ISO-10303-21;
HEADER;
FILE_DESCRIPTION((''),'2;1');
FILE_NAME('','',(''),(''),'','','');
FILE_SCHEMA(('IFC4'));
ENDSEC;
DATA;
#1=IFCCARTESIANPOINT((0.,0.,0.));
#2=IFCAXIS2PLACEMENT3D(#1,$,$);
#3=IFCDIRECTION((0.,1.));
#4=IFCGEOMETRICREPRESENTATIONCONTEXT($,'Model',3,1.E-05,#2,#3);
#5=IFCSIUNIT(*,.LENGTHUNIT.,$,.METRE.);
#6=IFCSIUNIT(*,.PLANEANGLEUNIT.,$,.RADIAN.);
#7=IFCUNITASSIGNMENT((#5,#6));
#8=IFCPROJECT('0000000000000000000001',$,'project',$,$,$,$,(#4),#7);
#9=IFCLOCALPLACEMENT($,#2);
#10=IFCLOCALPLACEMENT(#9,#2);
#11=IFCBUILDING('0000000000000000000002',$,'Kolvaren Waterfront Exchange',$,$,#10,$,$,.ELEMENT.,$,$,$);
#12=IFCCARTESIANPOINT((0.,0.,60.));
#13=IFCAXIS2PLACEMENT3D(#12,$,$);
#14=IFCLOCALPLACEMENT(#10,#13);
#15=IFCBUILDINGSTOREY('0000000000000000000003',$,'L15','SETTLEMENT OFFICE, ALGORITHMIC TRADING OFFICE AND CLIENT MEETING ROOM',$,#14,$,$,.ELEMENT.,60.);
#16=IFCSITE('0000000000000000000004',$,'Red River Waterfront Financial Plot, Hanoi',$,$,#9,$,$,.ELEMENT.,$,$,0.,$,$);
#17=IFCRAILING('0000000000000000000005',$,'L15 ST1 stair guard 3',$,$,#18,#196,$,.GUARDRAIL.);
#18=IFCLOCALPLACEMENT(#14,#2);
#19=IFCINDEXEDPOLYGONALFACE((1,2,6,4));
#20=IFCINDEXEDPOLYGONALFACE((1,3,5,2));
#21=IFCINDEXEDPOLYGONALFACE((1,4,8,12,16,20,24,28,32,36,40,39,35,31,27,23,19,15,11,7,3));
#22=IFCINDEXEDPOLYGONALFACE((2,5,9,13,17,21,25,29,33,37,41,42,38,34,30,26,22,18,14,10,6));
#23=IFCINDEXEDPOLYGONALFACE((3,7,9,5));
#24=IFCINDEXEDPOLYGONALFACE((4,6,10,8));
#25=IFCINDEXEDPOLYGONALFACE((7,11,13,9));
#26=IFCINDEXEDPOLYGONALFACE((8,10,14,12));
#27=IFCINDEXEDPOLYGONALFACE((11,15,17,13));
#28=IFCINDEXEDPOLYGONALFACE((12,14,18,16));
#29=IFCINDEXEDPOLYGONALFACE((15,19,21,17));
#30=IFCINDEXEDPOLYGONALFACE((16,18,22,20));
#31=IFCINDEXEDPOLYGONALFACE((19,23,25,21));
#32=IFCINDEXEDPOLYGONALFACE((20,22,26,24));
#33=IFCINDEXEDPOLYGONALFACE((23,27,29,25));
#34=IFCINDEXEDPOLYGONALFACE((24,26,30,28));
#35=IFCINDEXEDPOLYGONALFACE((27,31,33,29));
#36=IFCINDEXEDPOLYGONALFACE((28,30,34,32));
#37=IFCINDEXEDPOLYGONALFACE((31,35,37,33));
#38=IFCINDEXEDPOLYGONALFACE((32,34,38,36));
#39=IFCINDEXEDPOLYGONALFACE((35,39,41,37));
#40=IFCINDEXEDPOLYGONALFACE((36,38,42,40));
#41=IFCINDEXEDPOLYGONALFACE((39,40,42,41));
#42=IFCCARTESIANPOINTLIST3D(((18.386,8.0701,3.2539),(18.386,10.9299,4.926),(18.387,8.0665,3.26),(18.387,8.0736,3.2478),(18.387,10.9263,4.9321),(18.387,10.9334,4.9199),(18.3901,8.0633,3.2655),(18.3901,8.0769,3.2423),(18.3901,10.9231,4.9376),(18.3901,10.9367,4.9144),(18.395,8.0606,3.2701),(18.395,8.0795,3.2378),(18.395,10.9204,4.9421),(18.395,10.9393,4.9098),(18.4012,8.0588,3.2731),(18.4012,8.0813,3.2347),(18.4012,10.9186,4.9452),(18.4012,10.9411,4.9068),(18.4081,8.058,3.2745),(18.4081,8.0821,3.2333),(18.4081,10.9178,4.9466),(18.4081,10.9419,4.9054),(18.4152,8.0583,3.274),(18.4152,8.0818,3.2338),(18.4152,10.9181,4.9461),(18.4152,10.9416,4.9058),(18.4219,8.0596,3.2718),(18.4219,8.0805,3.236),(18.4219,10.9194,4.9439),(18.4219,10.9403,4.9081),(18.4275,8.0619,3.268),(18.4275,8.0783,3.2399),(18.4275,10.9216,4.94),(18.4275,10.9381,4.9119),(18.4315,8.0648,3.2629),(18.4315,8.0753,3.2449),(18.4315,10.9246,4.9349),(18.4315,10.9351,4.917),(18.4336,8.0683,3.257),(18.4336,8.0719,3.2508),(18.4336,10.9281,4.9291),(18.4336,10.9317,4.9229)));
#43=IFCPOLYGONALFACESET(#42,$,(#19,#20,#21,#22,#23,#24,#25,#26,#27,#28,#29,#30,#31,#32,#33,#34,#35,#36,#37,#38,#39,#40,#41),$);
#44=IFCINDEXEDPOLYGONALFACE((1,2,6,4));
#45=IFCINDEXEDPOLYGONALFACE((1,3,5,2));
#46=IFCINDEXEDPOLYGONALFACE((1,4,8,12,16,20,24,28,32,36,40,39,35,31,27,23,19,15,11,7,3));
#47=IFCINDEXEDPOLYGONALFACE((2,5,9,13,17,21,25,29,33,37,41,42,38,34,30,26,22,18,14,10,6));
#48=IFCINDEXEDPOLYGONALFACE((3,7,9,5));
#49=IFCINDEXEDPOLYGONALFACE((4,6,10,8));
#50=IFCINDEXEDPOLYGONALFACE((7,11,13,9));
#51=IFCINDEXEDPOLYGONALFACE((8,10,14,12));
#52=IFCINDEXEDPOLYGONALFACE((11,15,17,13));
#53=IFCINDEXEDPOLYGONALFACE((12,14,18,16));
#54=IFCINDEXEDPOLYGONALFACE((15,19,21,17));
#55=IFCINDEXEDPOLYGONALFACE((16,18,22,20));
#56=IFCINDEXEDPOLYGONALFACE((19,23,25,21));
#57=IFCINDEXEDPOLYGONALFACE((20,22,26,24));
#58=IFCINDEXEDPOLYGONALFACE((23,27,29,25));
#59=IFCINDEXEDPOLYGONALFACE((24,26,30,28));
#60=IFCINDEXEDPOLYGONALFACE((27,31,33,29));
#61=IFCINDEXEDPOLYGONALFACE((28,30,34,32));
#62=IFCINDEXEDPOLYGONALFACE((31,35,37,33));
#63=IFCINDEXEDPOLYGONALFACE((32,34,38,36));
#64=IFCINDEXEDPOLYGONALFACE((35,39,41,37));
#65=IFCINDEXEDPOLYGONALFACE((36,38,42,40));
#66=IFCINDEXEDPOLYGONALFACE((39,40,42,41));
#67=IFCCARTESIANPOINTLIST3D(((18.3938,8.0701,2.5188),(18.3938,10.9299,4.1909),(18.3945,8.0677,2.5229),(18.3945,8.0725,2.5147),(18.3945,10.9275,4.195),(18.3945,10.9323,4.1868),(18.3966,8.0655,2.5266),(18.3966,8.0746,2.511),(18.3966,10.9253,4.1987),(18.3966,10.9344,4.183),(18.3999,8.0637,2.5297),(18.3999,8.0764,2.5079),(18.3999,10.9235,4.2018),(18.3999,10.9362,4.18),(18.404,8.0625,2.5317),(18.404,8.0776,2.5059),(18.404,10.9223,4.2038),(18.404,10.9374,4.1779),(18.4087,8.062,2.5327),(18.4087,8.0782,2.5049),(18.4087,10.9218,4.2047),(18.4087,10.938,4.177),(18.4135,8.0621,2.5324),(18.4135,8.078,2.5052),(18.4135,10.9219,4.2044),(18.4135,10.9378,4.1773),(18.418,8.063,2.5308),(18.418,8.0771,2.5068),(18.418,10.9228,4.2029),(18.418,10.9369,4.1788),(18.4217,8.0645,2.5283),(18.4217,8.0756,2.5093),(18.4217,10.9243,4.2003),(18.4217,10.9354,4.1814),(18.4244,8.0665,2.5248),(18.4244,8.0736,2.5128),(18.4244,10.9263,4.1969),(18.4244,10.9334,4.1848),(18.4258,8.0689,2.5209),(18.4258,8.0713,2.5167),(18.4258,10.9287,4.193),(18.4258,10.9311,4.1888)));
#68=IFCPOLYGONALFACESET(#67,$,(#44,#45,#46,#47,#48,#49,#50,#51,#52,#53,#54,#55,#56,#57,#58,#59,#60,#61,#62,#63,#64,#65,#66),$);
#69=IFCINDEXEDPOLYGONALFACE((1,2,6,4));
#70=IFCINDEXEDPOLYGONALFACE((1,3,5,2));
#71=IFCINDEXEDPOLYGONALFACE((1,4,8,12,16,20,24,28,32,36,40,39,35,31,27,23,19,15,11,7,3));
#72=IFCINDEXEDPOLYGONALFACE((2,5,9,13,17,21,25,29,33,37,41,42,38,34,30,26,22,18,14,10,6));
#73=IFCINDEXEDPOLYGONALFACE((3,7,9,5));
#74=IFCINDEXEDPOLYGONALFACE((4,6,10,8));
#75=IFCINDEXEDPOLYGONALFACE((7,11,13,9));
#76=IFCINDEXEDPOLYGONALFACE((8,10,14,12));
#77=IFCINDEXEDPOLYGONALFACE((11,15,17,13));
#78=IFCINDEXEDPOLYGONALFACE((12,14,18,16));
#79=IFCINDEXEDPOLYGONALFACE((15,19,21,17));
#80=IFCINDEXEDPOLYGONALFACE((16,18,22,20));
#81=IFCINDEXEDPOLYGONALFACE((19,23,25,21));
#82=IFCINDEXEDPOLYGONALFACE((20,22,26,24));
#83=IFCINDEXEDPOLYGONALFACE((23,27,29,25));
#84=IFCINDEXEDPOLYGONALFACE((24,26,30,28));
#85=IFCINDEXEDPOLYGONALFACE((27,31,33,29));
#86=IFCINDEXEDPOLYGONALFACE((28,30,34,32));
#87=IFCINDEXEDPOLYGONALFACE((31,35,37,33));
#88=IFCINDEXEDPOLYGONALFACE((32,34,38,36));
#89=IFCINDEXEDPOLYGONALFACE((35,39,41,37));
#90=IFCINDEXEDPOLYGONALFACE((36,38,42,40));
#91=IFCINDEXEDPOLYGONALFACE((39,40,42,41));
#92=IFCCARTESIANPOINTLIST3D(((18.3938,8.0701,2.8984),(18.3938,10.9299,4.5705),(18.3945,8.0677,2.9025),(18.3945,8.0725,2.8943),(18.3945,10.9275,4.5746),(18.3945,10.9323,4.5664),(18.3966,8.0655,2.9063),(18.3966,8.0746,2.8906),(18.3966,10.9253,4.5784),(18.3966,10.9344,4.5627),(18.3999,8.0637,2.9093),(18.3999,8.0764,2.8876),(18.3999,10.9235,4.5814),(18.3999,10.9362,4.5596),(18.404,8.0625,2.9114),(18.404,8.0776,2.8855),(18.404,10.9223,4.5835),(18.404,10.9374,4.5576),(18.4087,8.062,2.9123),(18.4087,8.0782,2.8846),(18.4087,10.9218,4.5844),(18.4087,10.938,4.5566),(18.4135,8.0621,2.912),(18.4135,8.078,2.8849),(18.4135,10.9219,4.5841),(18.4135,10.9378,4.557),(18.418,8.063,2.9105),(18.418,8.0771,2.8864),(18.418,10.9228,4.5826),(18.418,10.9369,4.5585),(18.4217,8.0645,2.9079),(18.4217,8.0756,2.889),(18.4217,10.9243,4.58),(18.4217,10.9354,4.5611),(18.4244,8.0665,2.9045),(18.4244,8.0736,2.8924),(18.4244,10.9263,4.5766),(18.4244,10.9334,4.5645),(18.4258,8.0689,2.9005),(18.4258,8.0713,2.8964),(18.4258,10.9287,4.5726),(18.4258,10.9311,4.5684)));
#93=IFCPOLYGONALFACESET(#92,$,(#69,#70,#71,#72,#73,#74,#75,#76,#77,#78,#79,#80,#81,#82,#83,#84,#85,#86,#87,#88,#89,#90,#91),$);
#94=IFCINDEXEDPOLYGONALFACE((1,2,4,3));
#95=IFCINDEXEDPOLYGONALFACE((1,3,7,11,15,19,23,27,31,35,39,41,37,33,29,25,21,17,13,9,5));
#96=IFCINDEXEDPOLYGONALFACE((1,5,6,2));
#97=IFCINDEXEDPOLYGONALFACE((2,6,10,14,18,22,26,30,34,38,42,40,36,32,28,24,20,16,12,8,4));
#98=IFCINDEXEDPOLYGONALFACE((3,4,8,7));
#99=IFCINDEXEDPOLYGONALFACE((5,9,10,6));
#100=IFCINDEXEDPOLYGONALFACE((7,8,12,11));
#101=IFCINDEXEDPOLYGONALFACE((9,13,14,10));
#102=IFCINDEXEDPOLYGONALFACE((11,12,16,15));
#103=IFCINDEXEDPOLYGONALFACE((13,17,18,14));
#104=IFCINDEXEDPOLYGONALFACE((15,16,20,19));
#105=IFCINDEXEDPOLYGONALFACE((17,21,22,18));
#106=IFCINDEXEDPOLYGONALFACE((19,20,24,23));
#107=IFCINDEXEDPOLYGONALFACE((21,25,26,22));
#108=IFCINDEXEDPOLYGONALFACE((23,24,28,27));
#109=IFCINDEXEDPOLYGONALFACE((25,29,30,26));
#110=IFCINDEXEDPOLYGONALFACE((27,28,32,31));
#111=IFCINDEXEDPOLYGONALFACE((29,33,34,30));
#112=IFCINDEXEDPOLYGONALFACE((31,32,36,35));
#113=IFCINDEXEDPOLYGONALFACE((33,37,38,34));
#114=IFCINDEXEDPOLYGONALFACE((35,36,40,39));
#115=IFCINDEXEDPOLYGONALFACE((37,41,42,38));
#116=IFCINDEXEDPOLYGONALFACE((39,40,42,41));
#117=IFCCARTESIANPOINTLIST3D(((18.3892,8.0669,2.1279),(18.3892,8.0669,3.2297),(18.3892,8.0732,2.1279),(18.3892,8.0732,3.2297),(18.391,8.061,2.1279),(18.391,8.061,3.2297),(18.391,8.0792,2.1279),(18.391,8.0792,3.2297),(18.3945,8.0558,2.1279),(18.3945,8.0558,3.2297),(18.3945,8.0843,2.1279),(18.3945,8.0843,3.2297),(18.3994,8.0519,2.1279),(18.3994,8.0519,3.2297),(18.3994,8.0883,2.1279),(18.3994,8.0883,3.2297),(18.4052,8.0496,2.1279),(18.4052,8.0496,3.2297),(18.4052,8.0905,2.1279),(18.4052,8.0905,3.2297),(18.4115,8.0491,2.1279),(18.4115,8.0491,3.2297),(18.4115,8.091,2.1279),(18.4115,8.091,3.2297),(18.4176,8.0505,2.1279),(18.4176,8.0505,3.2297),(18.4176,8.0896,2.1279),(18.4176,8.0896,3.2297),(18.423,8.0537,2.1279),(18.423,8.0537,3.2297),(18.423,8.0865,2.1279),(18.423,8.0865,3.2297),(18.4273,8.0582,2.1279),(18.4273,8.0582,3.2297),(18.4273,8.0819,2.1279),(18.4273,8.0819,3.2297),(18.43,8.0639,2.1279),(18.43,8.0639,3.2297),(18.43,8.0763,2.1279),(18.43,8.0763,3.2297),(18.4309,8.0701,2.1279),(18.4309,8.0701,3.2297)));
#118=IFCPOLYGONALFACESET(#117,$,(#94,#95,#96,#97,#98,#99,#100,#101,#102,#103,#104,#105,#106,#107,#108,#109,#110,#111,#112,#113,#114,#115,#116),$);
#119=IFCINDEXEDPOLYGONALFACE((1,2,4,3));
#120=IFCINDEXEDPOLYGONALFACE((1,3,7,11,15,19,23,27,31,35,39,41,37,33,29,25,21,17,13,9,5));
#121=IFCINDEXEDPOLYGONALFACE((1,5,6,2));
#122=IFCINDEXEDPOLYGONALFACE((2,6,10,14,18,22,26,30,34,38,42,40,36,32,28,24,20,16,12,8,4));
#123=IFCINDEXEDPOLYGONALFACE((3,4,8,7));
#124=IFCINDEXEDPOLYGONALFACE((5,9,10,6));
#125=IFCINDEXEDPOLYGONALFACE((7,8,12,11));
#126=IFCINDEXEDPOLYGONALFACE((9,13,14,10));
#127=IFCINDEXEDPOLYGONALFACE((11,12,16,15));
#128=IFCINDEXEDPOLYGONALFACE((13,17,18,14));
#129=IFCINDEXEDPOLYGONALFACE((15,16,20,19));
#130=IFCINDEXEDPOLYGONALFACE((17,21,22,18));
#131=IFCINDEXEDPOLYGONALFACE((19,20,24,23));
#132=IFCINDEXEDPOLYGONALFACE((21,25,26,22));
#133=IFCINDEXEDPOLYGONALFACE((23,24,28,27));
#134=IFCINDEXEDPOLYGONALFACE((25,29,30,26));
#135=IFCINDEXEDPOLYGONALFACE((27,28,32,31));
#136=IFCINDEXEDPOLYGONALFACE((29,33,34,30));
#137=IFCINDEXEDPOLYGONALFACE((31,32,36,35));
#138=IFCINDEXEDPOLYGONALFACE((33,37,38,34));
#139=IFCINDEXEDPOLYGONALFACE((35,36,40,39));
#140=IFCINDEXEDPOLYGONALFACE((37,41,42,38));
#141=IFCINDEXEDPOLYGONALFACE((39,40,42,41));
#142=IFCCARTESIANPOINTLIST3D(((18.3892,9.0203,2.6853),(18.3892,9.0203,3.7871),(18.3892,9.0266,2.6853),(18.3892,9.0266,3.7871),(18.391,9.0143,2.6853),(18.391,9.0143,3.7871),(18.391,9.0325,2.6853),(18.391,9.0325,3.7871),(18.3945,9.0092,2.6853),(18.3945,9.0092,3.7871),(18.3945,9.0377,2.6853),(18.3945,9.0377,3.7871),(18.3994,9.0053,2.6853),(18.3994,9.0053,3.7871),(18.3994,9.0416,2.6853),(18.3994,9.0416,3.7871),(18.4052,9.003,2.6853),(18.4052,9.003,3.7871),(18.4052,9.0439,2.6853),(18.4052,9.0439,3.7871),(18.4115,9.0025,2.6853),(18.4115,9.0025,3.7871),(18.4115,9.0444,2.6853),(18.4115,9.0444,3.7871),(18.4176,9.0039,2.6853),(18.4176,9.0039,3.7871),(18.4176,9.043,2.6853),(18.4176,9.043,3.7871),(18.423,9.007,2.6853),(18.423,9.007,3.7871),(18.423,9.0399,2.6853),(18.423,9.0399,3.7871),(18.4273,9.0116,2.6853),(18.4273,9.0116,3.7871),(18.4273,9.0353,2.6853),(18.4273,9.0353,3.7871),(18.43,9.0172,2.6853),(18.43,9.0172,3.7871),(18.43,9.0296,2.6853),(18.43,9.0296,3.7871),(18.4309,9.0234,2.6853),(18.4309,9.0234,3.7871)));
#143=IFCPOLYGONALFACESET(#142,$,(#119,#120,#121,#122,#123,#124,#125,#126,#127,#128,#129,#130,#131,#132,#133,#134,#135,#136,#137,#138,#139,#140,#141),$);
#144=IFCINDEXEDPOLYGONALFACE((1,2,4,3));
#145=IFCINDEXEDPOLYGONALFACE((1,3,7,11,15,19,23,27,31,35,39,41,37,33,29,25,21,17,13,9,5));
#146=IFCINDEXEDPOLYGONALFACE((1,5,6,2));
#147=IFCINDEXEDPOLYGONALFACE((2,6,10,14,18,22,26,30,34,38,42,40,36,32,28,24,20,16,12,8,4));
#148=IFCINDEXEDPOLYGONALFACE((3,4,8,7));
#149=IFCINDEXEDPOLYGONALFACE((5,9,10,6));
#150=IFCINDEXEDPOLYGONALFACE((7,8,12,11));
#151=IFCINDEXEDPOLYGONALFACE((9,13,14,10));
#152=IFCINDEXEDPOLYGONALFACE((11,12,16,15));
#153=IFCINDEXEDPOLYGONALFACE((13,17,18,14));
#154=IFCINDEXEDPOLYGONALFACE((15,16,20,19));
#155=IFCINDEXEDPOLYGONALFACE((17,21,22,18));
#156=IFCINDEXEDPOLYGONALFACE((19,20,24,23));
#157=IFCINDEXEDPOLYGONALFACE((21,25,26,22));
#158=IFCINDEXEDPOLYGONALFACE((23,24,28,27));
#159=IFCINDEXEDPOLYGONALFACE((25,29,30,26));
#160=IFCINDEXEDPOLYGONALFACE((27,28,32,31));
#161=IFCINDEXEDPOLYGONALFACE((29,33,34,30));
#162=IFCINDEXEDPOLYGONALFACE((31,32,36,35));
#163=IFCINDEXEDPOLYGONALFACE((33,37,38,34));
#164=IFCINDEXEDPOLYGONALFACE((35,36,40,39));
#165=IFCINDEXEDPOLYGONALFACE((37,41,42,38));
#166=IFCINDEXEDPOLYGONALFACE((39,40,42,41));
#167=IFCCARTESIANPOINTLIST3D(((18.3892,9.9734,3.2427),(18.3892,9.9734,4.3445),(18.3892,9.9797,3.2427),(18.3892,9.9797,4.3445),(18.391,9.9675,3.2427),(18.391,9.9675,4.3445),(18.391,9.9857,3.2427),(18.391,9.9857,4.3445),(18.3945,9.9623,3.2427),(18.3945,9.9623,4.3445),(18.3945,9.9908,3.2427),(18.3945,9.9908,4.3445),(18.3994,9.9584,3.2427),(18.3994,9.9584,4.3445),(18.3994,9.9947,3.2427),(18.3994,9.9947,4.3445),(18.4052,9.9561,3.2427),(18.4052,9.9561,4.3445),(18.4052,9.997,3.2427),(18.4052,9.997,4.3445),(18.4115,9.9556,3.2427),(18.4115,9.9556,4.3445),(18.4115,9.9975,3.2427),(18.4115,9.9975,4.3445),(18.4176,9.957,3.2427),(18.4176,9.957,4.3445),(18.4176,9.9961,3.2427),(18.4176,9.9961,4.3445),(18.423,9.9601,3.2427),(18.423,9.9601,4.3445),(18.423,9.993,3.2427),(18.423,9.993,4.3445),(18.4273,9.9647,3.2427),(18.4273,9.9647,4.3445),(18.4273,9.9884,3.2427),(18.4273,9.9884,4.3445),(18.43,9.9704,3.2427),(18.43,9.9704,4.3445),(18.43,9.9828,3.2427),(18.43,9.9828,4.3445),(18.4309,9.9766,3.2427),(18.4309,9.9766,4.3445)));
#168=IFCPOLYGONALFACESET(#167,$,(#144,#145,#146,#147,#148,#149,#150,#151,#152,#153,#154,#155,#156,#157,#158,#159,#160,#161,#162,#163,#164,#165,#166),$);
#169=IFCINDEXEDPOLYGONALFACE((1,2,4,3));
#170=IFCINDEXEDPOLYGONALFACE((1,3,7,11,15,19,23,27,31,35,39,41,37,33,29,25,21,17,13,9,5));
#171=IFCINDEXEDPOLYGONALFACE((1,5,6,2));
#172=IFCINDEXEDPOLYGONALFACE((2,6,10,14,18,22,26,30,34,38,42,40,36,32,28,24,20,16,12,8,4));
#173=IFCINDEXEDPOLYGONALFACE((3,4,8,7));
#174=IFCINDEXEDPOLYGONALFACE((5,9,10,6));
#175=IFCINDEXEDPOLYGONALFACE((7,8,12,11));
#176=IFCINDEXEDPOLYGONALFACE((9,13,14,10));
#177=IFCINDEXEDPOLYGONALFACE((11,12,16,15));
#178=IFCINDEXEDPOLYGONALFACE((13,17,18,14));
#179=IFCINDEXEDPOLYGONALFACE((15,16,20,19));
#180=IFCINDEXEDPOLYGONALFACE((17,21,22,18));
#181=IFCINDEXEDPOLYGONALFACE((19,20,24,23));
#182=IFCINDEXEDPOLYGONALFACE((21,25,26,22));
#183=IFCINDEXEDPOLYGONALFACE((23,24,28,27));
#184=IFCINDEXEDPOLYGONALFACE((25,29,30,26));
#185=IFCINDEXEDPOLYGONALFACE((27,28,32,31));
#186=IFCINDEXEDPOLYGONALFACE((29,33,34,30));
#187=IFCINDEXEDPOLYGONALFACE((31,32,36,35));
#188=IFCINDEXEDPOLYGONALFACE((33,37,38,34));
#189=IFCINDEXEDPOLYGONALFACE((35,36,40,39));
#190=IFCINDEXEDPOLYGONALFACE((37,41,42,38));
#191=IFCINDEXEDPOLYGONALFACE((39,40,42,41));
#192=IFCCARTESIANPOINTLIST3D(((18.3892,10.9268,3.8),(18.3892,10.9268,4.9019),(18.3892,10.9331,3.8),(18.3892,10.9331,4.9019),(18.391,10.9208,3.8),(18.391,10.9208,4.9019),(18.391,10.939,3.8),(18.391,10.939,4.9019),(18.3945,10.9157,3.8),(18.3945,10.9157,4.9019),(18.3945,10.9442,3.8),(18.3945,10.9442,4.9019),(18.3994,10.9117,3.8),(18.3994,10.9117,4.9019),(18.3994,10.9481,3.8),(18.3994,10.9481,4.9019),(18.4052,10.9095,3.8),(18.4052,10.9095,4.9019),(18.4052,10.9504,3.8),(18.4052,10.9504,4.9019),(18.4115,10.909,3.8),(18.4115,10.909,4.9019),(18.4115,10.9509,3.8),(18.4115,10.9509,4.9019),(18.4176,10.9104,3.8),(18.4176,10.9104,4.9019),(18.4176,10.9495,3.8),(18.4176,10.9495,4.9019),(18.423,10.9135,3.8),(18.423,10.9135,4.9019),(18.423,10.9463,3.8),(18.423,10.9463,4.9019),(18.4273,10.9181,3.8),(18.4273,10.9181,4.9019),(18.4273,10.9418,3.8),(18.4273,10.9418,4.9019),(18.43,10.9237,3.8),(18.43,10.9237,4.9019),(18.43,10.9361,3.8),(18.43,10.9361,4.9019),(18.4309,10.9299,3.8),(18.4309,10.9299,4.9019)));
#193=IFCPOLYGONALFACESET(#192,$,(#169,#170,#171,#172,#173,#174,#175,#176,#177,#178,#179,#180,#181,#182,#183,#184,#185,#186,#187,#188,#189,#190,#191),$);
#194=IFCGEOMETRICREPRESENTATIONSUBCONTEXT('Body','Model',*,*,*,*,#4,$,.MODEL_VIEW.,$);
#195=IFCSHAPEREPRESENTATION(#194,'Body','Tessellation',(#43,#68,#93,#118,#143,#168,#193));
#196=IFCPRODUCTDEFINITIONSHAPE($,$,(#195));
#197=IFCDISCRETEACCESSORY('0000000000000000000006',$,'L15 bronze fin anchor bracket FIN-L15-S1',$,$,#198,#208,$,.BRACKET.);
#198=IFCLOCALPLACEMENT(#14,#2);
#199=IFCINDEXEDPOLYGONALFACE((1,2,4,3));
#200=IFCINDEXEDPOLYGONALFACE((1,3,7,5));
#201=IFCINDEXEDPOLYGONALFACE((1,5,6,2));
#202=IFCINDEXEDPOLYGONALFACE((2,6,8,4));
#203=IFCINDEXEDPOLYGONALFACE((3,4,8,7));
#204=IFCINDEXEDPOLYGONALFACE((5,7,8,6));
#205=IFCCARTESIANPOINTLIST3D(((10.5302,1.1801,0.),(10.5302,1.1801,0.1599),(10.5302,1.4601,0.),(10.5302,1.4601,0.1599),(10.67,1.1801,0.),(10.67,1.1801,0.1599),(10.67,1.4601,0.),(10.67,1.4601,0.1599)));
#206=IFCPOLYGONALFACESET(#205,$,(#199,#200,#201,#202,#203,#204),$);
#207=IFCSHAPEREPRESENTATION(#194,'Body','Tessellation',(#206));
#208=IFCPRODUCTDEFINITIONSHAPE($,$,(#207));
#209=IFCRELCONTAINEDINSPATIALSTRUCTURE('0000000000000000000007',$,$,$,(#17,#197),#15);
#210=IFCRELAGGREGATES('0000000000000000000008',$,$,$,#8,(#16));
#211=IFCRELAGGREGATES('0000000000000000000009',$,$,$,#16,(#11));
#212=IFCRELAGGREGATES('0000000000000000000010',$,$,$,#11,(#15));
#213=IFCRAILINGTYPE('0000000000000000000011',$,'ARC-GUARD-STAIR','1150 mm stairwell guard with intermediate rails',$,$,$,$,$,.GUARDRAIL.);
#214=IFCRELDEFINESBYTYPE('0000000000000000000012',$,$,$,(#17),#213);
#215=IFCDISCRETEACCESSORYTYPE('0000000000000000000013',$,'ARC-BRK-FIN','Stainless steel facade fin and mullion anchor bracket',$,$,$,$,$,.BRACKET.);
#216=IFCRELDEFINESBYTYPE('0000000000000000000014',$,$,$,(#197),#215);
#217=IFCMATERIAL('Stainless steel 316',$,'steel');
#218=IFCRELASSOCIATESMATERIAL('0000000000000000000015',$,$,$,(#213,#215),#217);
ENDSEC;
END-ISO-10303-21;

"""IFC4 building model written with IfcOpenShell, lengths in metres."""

from ifc_helpers import new_model, si_unit, direction, frame, origin, origin_with_axes, origin_2d, place, context, subcontext, project, spatial, rectangle, circle, extrude, source, transform, mapped, material, type_object, element, save


model = new_model("IFC4")

# Units and contexts
model_context = context("Model", 3, precision=1e-05, world=origin(), true_north=direction((0.0, 1.0)))
body_context = subcontext(model_context, "Body", "Model", "MODEL_VIEW")
ifc_project = project(units=[si_unit("LENGTHUNIT", "METRE"), si_unit("PLANEANGLEUNIT", "RADIAN")], contexts=[model_context])

# Site, building, storey
site_placement = place(None, origin())
site = spatial("IfcSite", under=ifc_project, at=site_placement, Name="Red River Waterfront Financial Plot, Hanoi", CompositionType="ELEMENT", RefElevation=0.0)
building_placement = place(site_placement, origin())
building = spatial("IfcBuilding", under=site, at=building_placement, Name="Kolvaren Waterfront Exchange", CompositionType="ELEMENT")
storey_placement = place(building_placement, frame((0.0, 0.0, 60.0)))
storey = spatial("IfcBuildingStorey", under=building, at=storey_placement, Name="L15", Description="SETTLEMENT OFFICE, ALGORITHMIC TRADING OFFICE AND CLIENT MEETING ROOM", CompositionType="ELEMENT", Elevation=60.0)

# Railing
ifc_material_1 = material(Name="Stainless steel 316", Category="steel")
railing_type = type_object("IfcRailingType", Name="ARC-GUARD-STAIR", Description="1150 mm stairwell guard with intermediate rails", PredefinedType="GUARDRAIL", material=ifc_material_1)
railing_1_placement = place(storey_placement, frame((18.4099, 8.0701, 2.1279)))
element("IfcRailing", 1, at=railing_1_placement, inside=storey, type_object=railing_type, Name="L15 ST1 stair guard 3", PredefinedType="GUARDRAIL", context=body_context, shape_type="SweptSolid", body=[
    extrude(circle(Radius=0.0239, at=origin_2d()), frame((0.0, 0.0, 1.126), z_axis=(0.0, 0.863271, 0.504741), x_axis=(-1.0, 0.0, 0.0)), (0.0, 0.0, 1.0), 3.3127),
    extrude(circle(Radius=0.0161, at=origin_2d()), frame((0.0, 0.0, 0.3909), z_axis=(0.0, 0.863271, 0.504741), x_axis=(-1.0, 0.0, 0.0)), (0.0, 0.0, 1.0), 3.3127),
    extrude(circle(Radius=0.0161, at=origin_2d()), frame((0.0, 0.0, 0.7705), z_axis=(0.0, 0.863271, 0.504741), x_axis=(-1.0, 0.0, 0.0)), (0.0, 0.0, 1.0), 3.3127),
    extrude(circle(Radius=0.021, at=origin_2d()), origin(), (0.0, 0.0, 1.0), 1.1018),
    extrude(circle(Radius=0.021, at=origin_2d()), frame((0.0, 0.9534, 0.5574)), (0.0, 0.0, 1.0), 1.1018),
    extrude(circle(Radius=0.021, at=origin_2d()), frame((0.0, 1.9065, 1.1147)), (0.0, 0.0, 1.0), 1.1018),
    extrude(circle(Radius=0.021, at=origin_2d()), frame((0.0, 2.8599, 1.6721)), (0.0, 0.0, 1.0), 1.1018),
])

# Discrete accessory
discrete_accessory_type = type_object("IfcDiscreteAccessoryType", Name="ARC-BRK-FIN", Description="Stainless steel facade fin and mullion anchor bracket", PredefinedType="BRACKET", material=ifc_material_1)
shared_shape_1 = source(origin_with_axes(), body_context, "Body", "SweptSolid", [
    extrude(rectangle(XDim=0.28, YDim=0.1399, at=origin_2d()), origin(), (0.0, 0.0, 1.0), 0.1599),
])
for number, where, z_axis, x_axis, name in (
    (2, (10.6001, 1.3201, 0.0), (0.0, 0.0, 1.0), (0.0, -1.0, 0.0), "L15 bronze fin anchor bracket FIN-L15-S1"),
):
    element("IfcDiscreteAccessory", number, at=place(storey_placement, frame(where, z_axis=z_axis, x_axis=x_axis)), inside=storey, type_object=discrete_accessory_type, Name=name, PredefinedType="BRACKET", context=body_context, shape_type="MappedRepresentation", body=[
        mapped(shared_shape_1, transform((0.0, 0.0, 0.0), x_axis=(1.0, 0.0, 0.0), y_axis=(0.0, 1.0, 0.0), z_axis=(0.0, 0.0, 1.0), scale=1.0)),
    ])

save(model, "model.ifc")
